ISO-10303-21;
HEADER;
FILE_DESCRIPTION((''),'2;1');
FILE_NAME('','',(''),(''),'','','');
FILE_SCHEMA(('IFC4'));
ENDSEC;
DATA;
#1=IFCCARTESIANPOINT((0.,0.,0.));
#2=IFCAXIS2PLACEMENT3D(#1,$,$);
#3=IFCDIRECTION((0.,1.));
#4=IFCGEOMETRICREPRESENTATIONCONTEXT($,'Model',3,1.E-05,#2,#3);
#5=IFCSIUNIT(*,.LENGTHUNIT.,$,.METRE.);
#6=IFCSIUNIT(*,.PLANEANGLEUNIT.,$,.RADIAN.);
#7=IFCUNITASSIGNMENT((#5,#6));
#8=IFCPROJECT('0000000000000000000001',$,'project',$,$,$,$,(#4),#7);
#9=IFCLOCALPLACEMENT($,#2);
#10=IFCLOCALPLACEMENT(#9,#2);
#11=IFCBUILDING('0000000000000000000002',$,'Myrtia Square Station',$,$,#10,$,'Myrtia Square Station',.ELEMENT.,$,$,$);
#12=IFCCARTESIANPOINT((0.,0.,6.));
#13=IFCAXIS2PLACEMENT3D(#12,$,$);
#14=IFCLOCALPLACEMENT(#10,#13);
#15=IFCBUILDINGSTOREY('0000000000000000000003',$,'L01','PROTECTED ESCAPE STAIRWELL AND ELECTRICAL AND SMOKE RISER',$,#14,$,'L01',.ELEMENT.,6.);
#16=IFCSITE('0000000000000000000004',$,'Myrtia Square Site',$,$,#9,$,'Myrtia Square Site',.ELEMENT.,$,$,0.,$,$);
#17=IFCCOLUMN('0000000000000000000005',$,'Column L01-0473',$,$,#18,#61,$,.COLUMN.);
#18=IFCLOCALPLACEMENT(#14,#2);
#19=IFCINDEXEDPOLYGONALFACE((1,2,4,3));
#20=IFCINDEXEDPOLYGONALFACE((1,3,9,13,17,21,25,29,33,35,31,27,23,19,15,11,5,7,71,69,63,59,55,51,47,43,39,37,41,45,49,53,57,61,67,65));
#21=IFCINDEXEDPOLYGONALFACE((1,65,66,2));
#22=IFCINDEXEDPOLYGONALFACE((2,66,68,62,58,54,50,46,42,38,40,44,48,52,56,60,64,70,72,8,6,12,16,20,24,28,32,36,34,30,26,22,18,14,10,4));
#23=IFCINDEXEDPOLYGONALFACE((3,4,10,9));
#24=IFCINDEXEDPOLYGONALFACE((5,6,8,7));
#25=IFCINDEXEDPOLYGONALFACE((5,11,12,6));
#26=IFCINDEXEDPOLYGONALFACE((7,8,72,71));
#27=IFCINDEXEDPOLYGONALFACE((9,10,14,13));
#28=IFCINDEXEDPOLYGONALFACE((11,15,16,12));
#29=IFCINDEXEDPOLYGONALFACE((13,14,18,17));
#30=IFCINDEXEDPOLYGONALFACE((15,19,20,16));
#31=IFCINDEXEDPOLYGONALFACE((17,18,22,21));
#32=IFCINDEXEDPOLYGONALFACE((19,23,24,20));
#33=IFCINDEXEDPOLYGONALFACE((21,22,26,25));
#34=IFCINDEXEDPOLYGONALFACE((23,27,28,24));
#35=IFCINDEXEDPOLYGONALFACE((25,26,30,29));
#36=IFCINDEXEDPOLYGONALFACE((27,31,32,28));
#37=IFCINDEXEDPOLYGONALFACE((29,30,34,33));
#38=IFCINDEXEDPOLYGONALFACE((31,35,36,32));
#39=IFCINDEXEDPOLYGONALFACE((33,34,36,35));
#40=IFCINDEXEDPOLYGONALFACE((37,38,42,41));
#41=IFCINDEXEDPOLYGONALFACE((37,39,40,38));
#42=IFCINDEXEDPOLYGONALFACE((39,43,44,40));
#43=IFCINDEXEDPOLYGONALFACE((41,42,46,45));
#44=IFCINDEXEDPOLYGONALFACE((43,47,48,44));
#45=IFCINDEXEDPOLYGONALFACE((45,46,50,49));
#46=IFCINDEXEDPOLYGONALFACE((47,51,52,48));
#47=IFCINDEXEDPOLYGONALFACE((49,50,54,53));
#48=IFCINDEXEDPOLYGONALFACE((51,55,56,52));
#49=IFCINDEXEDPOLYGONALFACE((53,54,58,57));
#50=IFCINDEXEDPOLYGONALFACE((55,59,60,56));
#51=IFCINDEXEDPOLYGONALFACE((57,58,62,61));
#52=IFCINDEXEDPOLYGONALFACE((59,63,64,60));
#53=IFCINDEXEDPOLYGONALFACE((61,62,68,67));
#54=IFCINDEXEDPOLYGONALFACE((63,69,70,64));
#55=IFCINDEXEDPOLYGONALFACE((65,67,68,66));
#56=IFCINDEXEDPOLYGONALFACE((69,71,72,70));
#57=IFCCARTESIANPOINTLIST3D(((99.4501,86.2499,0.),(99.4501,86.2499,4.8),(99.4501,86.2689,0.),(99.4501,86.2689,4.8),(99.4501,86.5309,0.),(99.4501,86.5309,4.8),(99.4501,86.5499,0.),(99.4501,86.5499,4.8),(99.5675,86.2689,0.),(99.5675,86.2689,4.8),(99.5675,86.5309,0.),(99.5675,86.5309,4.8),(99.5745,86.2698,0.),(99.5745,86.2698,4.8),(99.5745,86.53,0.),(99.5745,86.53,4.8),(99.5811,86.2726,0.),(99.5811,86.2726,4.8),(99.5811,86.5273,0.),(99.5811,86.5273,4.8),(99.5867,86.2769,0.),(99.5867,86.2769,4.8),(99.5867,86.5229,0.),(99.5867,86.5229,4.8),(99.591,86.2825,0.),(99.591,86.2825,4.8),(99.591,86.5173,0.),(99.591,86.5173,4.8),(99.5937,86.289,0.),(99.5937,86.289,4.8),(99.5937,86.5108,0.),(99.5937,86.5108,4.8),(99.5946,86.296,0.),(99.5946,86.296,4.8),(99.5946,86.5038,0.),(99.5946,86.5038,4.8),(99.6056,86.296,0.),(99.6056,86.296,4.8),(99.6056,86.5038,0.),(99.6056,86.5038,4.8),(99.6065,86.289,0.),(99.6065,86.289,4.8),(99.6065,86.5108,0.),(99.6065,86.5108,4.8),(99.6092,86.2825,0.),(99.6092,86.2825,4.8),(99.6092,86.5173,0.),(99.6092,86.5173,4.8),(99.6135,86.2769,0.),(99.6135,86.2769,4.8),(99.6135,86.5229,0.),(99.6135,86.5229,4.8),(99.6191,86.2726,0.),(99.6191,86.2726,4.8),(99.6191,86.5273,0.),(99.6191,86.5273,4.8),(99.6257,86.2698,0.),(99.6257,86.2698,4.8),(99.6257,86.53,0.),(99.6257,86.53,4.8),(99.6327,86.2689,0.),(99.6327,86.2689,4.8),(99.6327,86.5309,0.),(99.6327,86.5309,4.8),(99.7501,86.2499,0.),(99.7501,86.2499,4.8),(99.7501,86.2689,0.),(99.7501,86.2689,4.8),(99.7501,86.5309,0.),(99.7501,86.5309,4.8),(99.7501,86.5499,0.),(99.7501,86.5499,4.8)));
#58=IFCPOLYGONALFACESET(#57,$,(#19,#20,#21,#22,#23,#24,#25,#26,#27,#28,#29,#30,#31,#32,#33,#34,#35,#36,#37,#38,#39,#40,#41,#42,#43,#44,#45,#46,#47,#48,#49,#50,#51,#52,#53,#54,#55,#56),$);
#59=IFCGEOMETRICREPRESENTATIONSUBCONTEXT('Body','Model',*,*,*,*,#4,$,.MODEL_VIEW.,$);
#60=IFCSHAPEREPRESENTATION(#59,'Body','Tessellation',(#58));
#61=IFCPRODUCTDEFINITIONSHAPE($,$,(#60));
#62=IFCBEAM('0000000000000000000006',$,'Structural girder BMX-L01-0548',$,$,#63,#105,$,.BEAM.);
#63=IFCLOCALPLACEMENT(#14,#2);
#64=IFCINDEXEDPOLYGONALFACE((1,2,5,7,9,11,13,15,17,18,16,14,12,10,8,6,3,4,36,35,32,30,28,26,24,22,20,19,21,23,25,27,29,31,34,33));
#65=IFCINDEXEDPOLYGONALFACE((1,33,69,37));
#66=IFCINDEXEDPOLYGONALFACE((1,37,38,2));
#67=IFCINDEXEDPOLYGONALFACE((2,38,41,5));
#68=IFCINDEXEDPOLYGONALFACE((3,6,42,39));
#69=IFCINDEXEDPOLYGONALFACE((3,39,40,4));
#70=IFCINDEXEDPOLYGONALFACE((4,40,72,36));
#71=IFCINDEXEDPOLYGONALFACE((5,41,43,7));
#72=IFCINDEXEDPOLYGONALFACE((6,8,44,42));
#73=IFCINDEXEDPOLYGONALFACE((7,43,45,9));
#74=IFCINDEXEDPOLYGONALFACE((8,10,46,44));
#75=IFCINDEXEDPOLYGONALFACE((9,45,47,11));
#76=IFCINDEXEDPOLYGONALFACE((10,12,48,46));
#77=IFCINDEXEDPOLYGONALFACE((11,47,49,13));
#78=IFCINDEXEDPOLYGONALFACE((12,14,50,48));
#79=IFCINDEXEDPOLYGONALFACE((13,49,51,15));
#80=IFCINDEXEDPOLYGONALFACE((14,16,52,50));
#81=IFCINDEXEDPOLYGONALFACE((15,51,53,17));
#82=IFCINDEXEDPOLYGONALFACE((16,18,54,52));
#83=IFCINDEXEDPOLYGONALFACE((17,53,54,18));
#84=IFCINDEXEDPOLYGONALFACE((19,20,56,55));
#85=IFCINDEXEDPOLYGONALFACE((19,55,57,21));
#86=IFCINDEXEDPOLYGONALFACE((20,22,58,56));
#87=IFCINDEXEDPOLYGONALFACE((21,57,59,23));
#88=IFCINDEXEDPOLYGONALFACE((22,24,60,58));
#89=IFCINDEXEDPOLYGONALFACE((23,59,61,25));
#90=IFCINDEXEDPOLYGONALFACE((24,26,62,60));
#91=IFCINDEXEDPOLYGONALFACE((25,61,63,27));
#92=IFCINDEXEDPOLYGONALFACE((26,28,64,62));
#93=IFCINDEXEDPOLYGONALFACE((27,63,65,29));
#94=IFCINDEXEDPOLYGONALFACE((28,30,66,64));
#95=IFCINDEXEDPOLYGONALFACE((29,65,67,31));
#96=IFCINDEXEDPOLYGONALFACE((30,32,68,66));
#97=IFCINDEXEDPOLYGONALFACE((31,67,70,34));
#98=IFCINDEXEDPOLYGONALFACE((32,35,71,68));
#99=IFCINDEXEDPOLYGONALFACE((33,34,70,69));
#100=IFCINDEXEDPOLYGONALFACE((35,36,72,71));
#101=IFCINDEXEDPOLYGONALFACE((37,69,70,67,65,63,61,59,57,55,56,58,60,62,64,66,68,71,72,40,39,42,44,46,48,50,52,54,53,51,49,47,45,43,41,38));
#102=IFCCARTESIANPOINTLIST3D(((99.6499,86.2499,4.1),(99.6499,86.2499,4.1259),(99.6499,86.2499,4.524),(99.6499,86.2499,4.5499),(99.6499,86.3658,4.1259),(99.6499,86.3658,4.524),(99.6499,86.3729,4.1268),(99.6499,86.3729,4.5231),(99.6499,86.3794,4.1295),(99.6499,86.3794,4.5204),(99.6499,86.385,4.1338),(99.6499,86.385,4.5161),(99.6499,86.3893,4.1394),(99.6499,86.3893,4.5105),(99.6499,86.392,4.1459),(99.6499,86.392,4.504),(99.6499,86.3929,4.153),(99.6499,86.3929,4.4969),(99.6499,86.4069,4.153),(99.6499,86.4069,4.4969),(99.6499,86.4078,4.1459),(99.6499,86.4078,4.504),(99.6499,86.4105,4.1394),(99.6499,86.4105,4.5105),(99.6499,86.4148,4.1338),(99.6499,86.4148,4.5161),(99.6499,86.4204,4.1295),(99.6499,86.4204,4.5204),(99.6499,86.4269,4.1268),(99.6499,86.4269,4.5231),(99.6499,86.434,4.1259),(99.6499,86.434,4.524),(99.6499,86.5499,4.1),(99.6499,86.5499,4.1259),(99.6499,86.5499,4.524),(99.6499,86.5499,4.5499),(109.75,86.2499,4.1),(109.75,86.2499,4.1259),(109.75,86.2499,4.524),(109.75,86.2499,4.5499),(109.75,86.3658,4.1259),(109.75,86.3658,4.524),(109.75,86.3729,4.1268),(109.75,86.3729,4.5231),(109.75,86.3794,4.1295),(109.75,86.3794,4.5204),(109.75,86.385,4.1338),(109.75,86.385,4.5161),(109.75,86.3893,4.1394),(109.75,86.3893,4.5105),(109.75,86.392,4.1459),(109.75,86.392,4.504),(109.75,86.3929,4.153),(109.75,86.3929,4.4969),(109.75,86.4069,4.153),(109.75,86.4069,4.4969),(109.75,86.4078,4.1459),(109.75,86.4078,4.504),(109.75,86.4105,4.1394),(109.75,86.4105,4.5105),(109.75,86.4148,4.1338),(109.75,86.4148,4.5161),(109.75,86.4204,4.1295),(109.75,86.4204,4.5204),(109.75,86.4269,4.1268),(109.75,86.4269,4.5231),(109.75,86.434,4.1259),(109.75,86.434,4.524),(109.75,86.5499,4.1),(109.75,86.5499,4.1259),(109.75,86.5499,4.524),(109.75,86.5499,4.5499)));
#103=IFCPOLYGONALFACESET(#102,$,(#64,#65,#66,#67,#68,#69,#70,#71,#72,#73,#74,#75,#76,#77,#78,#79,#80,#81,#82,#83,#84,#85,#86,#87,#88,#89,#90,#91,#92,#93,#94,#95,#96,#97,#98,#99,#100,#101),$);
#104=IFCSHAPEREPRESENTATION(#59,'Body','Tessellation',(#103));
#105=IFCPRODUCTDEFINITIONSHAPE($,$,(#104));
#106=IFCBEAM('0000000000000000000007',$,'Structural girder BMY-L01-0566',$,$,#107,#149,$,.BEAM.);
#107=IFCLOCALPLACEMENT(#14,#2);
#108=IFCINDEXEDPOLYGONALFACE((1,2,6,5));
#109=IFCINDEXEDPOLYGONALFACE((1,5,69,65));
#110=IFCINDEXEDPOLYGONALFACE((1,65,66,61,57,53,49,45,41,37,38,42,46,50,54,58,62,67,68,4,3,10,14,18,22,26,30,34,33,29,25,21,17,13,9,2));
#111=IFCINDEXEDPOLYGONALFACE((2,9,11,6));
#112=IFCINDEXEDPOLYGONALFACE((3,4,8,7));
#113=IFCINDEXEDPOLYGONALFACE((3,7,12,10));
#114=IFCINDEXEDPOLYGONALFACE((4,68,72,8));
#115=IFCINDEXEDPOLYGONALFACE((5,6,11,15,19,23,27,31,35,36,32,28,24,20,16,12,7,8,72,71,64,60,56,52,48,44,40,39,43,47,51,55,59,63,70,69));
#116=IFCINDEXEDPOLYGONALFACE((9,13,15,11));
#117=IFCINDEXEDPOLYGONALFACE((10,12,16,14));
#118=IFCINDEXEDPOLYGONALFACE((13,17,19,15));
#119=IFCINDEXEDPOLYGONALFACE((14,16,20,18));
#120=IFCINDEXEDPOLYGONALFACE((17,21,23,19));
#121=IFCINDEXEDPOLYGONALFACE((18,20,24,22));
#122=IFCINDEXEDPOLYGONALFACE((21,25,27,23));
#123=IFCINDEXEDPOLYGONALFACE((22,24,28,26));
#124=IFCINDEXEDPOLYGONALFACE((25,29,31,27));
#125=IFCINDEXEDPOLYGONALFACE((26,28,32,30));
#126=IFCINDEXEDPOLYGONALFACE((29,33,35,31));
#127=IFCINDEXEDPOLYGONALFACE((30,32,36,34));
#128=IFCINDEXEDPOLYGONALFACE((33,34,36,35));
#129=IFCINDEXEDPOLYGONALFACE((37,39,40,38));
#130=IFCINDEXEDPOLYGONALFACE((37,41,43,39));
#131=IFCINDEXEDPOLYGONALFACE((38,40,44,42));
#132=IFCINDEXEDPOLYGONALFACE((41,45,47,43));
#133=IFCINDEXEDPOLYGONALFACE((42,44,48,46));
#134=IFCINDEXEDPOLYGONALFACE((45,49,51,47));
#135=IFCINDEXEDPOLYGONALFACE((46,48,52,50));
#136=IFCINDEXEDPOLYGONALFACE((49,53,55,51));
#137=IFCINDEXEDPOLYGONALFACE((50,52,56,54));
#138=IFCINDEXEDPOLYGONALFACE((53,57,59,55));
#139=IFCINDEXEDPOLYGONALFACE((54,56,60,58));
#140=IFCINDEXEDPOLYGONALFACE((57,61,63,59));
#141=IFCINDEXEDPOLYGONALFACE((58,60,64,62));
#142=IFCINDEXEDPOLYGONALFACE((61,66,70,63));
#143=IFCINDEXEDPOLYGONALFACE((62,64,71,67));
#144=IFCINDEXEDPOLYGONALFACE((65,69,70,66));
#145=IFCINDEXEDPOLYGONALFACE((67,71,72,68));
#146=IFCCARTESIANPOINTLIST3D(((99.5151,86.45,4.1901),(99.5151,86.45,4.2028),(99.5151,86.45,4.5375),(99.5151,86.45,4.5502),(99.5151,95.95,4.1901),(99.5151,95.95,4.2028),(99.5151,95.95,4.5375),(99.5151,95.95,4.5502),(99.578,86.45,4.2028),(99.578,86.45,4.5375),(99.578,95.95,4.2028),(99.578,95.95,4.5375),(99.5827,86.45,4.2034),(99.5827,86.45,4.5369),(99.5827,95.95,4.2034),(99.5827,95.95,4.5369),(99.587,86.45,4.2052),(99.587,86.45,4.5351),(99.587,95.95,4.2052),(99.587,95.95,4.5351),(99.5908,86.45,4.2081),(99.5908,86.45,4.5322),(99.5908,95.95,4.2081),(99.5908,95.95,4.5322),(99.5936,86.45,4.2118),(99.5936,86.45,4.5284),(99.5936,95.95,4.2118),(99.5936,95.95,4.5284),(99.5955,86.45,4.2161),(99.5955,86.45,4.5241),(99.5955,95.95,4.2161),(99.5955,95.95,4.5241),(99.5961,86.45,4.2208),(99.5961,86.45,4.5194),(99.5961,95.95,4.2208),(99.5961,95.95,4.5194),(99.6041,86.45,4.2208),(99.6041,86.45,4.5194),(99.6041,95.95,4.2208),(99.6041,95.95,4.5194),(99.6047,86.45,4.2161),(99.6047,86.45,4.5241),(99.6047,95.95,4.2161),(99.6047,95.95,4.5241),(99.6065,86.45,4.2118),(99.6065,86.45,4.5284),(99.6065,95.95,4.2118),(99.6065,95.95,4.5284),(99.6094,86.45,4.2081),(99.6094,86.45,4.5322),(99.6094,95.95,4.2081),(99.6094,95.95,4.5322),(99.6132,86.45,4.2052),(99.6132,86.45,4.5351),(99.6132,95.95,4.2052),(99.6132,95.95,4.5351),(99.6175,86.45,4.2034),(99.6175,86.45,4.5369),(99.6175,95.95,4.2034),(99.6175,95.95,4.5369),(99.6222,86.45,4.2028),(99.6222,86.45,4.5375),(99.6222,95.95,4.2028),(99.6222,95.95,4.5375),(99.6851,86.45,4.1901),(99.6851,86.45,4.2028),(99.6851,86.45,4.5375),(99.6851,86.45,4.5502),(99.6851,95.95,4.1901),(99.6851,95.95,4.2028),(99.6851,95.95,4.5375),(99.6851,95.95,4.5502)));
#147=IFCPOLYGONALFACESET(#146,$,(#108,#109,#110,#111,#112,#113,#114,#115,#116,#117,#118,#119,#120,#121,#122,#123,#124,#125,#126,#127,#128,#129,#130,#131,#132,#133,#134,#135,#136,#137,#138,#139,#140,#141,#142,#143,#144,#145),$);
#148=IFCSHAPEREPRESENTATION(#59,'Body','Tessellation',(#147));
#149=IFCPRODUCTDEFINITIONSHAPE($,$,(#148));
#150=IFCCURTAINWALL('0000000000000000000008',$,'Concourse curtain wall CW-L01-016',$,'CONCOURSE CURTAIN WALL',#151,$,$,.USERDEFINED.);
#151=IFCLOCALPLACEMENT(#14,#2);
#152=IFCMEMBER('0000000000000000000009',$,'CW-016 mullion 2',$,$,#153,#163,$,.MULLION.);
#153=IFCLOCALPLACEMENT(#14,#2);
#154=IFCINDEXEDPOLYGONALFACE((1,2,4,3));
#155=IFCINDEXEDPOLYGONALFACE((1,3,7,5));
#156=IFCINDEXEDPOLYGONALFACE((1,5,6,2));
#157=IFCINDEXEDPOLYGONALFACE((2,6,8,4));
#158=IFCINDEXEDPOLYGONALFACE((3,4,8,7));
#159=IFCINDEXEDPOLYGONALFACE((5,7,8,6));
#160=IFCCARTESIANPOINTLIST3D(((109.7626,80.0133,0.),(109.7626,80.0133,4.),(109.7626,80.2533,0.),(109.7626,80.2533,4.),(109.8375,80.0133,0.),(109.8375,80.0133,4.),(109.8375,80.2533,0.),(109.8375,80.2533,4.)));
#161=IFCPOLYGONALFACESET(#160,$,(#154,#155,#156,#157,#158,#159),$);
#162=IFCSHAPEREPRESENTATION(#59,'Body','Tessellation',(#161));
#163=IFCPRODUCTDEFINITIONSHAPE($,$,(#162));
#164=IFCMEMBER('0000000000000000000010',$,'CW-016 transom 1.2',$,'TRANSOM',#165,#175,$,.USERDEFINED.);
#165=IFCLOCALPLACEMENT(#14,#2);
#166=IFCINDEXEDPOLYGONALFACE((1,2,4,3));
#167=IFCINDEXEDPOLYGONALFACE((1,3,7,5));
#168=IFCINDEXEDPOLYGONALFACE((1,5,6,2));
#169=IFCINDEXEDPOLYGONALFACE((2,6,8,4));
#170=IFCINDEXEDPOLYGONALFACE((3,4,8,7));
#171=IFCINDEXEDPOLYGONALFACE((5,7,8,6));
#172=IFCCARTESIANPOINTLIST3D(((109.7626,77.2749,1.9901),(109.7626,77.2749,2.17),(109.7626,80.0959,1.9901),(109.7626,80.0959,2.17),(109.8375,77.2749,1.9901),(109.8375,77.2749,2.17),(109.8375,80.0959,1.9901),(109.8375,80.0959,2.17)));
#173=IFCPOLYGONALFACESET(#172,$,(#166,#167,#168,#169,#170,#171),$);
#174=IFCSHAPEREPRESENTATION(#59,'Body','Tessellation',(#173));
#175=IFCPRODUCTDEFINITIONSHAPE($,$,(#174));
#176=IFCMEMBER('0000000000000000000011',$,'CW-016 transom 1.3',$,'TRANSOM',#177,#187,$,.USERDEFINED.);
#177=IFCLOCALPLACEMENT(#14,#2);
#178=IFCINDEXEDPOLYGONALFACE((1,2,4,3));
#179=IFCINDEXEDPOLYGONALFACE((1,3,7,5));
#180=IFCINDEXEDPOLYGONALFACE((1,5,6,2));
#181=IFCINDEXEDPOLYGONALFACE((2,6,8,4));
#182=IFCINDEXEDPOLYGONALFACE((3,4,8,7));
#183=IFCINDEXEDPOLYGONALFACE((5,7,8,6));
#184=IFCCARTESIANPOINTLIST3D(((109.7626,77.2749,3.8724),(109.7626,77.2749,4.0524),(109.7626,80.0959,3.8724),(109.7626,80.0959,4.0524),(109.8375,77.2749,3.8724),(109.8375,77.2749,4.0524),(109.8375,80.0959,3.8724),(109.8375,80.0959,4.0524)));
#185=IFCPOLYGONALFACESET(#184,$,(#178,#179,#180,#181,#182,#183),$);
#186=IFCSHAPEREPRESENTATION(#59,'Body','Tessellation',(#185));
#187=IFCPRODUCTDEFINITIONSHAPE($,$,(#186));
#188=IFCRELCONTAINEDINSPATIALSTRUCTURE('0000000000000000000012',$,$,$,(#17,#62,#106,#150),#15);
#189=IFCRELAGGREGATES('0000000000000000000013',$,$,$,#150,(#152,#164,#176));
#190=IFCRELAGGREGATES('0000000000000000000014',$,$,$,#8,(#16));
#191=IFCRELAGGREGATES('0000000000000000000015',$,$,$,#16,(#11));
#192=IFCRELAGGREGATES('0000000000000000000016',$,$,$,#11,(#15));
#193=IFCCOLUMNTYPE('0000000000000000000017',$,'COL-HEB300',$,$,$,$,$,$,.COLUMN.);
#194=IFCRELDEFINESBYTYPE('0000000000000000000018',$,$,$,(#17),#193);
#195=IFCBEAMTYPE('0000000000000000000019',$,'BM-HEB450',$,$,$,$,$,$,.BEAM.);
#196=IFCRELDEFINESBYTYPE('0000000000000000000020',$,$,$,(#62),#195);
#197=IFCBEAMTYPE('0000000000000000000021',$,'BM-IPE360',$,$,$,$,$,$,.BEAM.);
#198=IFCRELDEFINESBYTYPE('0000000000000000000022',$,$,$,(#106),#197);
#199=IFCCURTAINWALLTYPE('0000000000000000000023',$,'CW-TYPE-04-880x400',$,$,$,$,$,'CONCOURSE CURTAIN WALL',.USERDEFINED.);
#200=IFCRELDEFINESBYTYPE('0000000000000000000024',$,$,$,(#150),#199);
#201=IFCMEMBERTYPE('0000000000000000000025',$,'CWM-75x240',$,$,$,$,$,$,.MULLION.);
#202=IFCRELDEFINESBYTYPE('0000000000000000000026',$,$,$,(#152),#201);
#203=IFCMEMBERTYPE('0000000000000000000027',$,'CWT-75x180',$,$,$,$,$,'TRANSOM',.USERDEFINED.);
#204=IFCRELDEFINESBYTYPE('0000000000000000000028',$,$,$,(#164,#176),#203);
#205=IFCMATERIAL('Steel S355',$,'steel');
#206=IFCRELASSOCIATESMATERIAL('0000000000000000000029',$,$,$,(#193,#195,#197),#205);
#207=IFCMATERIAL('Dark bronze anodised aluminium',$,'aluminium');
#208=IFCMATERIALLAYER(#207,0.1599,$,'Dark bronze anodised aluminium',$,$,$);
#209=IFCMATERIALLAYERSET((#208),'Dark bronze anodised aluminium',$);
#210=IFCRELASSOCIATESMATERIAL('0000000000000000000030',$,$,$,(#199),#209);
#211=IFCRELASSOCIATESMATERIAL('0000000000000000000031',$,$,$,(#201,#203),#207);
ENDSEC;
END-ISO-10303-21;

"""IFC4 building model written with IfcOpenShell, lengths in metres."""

from ifc_helpers import new_model, si_unit, direction, frame, origin, origin_2d, place, context, subcontext, project, spatial, rectangle, i_section, extrude, material, layer, layer_set, material_profile, profile_set, type_object, element, aggregate, save


model = new_model("IFC4")

# Units and contexts
model_context = context("Model", 3, precision=1e-05, world=origin(), true_north=direction((0.0, 1.0)))
body_context = subcontext(model_context, "Body", "Model", "MODEL_VIEW")
ifc_project = project(units=[si_unit("LENGTHUNIT", "METRE"), si_unit("PLANEANGLEUNIT", "RADIAN")], contexts=[model_context])

# Site, building, storey
site_placement = place(None, origin())
site = spatial("IfcSite", under=ifc_project, at=site_placement, Name="Myrtia Square Site", LongName="Myrtia Square Site", CompositionType="ELEMENT", RefElevation=0.0)
building_placement = place(site_placement, origin())
building = spatial("IfcBuilding", under=site, at=building_placement, Name="Myrtia Square Station", LongName="Myrtia Square Station", CompositionType="ELEMENT")
storey_placement = place(building_placement, frame((0.0, 0.0, 6.0)))
storey = spatial("IfcBuildingStorey", under=building, at=storey_placement, Name="L01", Description="PROTECTED ESCAPE STAIRWELL AND ELECTRICAL AND SMOKE RISER", LongName="L01", CompositionType="ELEMENT", Elevation=6.0)

# Column
ifc_material_1 = material(Name="Steel S355", Category="steel")
ifc_material_profile_1 = material_profile(ifc_material_1, i_section(OverallWidth=0.3, OverallDepth=0.3, WebThickness=0.011, FlangeThickness=0.019, FilletRadius=0.0271, at=origin_2d()), Name="HEB 300")
ifc_profile_set_1 = profile_set([ifc_material_profile_1], Name="Steel S355")
column_type = type_object("IfcColumnType", Name="COL-HEB300", PredefinedType="COLUMN", material=ifc_profile_set_1)
column_placement = place(storey_placement, frame((99.6001, 86.3999, 0.0), z_axis=(0.0, 0.0, 1.0), x_axis=(1.0, 0.0, 0.0)))
element("IfcColumn", 1, at=column_placement, inside=storey, type_object=column_type, Name="Column L01-0473", PredefinedType="COLUMN", context=body_context, shape_type="SweptSolid", body=[
    extrude(i_section(OverallWidth=0.3, OverallDepth=0.3, WebThickness=0.011, FlangeThickness=0.019, FilletRadius=0.0271, at=origin_2d()), origin(), (0.0, 0.0, 1.0), 4.8),
])

# Beams
ifc_material_profile_2 = material_profile(ifc_material_1, i_section(OverallWidth=0.3, OverallDepth=0.45, WebThickness=0.0139, FlangeThickness=0.0259, FilletRadius=0.0271, at=origin_2d()), Name="HEB 450")
ifc_profile_set_2 = profile_set([ifc_material_profile_2], Name="Steel S355")
beam_type_1 = type_object("IfcBeamType", Name="BM-HEB450", PredefinedType="BEAM", material=ifc_profile_set_2)
beam_1_placement = place(storey_placement, frame((99.6499, 86.3999, 4.325), z_axis=(1.0, 0.0, 0.0), x_axis=(0.0, 1.0, 0.0)))
element("IfcBeam", 2, at=beam_1_placement, inside=storey, type_object=beam_type_1, Name="Structural girder BMX-L01-0548", PredefinedType="BEAM", context=body_context, shape_type="SweptSolid", body=[
    extrude(i_section(OverallWidth=0.3, OverallDepth=0.45, WebThickness=0.0139, FlangeThickness=0.0259, FilletRadius=0.0271, at=origin_2d()), origin(), (0.0, 0.0, 1.0), 10.1001),
])
ifc_material_profile_3 = material_profile(ifc_material_1, i_section(OverallWidth=0.1699, OverallDepth=0.3601, WebThickness=0.0081, FlangeThickness=0.0127, FilletRadius=0.0181, at=origin_2d()), Name="IPE 360")
ifc_profile_set_3 = profile_set([ifc_material_profile_3], Name="Steel S355")
beam_type_2 = type_object("IfcBeamType", Name="BM-IPE360", PredefinedType="BEAM", material=ifc_profile_set_3)
beam_2_placement = place(storey_placement, frame((99.6001, 86.45, 4.3701), z_axis=(0.0, 1.0, 0.0), x_axis=(-1.0, 0.0, 0.0)))
element("IfcBeam", 3, at=beam_2_placement, inside=storey, type_object=beam_type_2, Name="Structural girder BMY-L01-0566", PredefinedType="BEAM", context=body_context, shape_type="SweptSolid", body=[
    extrude(i_section(OverallWidth=0.1699, OverallDepth=0.3601, WebThickness=0.0081, FlangeThickness=0.0127, FilletRadius=0.0181, at=origin_2d()), origin(), (0.0, 0.0, 1.0), 9.5),
])

# Curtain wall, members
ifc_material_2 = material(Name="Dark bronze anodised aluminium", Category="aluminium")
ifc_layer_1 = layer(ifc_material_2, 0.1599, Name="Dark bronze anodised aluminium")
ifc_layer_set_1 = layer_set([ifc_layer_1], Name="Dark bronze anodised aluminium")
curtain_wall_type = type_object("IfcCurtainWallType", Name="CW-TYPE-04-880x400", ElementType="CONCOURSE CURTAIN WALL", PredefinedType="USERDEFINED", material=ifc_layer_set_1)
curtain_wall_placement = place(storey_placement, origin())
curtain_wall = element("IfcCurtainWall", 4, at=curtain_wall_placement, inside=storey, type_object=curtain_wall_type, Name="Concourse curtain wall CW-L01-016", ObjectType="CONCOURSE CURTAIN WALL", PredefinedType="USERDEFINED")
ifc_material_profile_4 = material_profile(ifc_material_2, rectangle(XDim=0.075, YDim=0.24, at=origin_2d()), Name="ALU-M 75x240")
ifc_profile_set_4 = profile_set([ifc_material_profile_4], Name="Dark bronze anodised aluminium")
member_type_1 = type_object("IfcMemberType", Name="CWM-75x240", PredefinedType="MULLION", material=ifc_profile_set_4)
member_1_placement = place(storey_placement, frame((109.8, 80.1333, 0.0), z_axis=(0.0, 0.0, 1.0), x_axis=(-1.0, 0.0, 0.0)))
member_1 = element("IfcMember", 5, at=member_1_placement, type_object=member_type_1, Name="CW-016 mullion 2", PredefinedType="MULLION", context=body_context, shape_type="SweptSolid", body=[
    extrude(rectangle(XDim=0.075, YDim=0.24, at=origin_2d()), origin(), (0.0, 0.0, 1.0), 4.0),
])
ifc_material_profile_5 = material_profile(ifc_material_2, rectangle(XDim=0.075, YDim=0.1799, at=origin_2d()), Name="ALU-T 75x180")
ifc_profile_set_5 = profile_set([ifc_material_profile_5], Name="Dark bronze anodised aluminium")
member_type_2 = type_object("IfcMemberType", Name="CWT-75x180", ElementType="TRANSOM", PredefinedType="USERDEFINED", material=ifc_profile_set_5)
member_2_placement = place(storey_placement, frame((109.8, 77.2749, 2.0801), z_axis=(0.0, 1.0, 0.0), x_axis=(-1.0, 0.0, 0.0)))
member_2 = element("IfcMember", 6, at=member_2_placement, type_object=member_type_2, Name="CW-016 transom 1.2", ObjectType="TRANSOM", PredefinedType="USERDEFINED", context=body_context, shape_type="SweptSolid", body=[
    extrude(rectangle(XDim=0.075, YDim=0.1799, at=origin_2d()), origin(), (0.0, 0.0, 1.0), 2.821),
])
member_3_placement = place(storey_placement, frame((109.8, 77.2749, 3.9624), z_axis=(0.0, 1.0, 0.0), x_axis=(-1.0, 0.0, 0.0)))
member_3 = element("IfcMember", 7, at=member_3_placement, type_object=member_type_2, Name="CW-016 transom 1.3", ObjectType="TRANSOM", PredefinedType="USERDEFINED", context=body_context, shape_type="SweptSolid", body=[
    extrude(rectangle(XDim=0.075, YDim=0.1799, at=origin_2d()), origin(), (0.0, 0.0, 1.0), 2.821),
])
aggregate(curtain_wall, [member_1, member_2, member_3])

save(model, "model.ifc")
